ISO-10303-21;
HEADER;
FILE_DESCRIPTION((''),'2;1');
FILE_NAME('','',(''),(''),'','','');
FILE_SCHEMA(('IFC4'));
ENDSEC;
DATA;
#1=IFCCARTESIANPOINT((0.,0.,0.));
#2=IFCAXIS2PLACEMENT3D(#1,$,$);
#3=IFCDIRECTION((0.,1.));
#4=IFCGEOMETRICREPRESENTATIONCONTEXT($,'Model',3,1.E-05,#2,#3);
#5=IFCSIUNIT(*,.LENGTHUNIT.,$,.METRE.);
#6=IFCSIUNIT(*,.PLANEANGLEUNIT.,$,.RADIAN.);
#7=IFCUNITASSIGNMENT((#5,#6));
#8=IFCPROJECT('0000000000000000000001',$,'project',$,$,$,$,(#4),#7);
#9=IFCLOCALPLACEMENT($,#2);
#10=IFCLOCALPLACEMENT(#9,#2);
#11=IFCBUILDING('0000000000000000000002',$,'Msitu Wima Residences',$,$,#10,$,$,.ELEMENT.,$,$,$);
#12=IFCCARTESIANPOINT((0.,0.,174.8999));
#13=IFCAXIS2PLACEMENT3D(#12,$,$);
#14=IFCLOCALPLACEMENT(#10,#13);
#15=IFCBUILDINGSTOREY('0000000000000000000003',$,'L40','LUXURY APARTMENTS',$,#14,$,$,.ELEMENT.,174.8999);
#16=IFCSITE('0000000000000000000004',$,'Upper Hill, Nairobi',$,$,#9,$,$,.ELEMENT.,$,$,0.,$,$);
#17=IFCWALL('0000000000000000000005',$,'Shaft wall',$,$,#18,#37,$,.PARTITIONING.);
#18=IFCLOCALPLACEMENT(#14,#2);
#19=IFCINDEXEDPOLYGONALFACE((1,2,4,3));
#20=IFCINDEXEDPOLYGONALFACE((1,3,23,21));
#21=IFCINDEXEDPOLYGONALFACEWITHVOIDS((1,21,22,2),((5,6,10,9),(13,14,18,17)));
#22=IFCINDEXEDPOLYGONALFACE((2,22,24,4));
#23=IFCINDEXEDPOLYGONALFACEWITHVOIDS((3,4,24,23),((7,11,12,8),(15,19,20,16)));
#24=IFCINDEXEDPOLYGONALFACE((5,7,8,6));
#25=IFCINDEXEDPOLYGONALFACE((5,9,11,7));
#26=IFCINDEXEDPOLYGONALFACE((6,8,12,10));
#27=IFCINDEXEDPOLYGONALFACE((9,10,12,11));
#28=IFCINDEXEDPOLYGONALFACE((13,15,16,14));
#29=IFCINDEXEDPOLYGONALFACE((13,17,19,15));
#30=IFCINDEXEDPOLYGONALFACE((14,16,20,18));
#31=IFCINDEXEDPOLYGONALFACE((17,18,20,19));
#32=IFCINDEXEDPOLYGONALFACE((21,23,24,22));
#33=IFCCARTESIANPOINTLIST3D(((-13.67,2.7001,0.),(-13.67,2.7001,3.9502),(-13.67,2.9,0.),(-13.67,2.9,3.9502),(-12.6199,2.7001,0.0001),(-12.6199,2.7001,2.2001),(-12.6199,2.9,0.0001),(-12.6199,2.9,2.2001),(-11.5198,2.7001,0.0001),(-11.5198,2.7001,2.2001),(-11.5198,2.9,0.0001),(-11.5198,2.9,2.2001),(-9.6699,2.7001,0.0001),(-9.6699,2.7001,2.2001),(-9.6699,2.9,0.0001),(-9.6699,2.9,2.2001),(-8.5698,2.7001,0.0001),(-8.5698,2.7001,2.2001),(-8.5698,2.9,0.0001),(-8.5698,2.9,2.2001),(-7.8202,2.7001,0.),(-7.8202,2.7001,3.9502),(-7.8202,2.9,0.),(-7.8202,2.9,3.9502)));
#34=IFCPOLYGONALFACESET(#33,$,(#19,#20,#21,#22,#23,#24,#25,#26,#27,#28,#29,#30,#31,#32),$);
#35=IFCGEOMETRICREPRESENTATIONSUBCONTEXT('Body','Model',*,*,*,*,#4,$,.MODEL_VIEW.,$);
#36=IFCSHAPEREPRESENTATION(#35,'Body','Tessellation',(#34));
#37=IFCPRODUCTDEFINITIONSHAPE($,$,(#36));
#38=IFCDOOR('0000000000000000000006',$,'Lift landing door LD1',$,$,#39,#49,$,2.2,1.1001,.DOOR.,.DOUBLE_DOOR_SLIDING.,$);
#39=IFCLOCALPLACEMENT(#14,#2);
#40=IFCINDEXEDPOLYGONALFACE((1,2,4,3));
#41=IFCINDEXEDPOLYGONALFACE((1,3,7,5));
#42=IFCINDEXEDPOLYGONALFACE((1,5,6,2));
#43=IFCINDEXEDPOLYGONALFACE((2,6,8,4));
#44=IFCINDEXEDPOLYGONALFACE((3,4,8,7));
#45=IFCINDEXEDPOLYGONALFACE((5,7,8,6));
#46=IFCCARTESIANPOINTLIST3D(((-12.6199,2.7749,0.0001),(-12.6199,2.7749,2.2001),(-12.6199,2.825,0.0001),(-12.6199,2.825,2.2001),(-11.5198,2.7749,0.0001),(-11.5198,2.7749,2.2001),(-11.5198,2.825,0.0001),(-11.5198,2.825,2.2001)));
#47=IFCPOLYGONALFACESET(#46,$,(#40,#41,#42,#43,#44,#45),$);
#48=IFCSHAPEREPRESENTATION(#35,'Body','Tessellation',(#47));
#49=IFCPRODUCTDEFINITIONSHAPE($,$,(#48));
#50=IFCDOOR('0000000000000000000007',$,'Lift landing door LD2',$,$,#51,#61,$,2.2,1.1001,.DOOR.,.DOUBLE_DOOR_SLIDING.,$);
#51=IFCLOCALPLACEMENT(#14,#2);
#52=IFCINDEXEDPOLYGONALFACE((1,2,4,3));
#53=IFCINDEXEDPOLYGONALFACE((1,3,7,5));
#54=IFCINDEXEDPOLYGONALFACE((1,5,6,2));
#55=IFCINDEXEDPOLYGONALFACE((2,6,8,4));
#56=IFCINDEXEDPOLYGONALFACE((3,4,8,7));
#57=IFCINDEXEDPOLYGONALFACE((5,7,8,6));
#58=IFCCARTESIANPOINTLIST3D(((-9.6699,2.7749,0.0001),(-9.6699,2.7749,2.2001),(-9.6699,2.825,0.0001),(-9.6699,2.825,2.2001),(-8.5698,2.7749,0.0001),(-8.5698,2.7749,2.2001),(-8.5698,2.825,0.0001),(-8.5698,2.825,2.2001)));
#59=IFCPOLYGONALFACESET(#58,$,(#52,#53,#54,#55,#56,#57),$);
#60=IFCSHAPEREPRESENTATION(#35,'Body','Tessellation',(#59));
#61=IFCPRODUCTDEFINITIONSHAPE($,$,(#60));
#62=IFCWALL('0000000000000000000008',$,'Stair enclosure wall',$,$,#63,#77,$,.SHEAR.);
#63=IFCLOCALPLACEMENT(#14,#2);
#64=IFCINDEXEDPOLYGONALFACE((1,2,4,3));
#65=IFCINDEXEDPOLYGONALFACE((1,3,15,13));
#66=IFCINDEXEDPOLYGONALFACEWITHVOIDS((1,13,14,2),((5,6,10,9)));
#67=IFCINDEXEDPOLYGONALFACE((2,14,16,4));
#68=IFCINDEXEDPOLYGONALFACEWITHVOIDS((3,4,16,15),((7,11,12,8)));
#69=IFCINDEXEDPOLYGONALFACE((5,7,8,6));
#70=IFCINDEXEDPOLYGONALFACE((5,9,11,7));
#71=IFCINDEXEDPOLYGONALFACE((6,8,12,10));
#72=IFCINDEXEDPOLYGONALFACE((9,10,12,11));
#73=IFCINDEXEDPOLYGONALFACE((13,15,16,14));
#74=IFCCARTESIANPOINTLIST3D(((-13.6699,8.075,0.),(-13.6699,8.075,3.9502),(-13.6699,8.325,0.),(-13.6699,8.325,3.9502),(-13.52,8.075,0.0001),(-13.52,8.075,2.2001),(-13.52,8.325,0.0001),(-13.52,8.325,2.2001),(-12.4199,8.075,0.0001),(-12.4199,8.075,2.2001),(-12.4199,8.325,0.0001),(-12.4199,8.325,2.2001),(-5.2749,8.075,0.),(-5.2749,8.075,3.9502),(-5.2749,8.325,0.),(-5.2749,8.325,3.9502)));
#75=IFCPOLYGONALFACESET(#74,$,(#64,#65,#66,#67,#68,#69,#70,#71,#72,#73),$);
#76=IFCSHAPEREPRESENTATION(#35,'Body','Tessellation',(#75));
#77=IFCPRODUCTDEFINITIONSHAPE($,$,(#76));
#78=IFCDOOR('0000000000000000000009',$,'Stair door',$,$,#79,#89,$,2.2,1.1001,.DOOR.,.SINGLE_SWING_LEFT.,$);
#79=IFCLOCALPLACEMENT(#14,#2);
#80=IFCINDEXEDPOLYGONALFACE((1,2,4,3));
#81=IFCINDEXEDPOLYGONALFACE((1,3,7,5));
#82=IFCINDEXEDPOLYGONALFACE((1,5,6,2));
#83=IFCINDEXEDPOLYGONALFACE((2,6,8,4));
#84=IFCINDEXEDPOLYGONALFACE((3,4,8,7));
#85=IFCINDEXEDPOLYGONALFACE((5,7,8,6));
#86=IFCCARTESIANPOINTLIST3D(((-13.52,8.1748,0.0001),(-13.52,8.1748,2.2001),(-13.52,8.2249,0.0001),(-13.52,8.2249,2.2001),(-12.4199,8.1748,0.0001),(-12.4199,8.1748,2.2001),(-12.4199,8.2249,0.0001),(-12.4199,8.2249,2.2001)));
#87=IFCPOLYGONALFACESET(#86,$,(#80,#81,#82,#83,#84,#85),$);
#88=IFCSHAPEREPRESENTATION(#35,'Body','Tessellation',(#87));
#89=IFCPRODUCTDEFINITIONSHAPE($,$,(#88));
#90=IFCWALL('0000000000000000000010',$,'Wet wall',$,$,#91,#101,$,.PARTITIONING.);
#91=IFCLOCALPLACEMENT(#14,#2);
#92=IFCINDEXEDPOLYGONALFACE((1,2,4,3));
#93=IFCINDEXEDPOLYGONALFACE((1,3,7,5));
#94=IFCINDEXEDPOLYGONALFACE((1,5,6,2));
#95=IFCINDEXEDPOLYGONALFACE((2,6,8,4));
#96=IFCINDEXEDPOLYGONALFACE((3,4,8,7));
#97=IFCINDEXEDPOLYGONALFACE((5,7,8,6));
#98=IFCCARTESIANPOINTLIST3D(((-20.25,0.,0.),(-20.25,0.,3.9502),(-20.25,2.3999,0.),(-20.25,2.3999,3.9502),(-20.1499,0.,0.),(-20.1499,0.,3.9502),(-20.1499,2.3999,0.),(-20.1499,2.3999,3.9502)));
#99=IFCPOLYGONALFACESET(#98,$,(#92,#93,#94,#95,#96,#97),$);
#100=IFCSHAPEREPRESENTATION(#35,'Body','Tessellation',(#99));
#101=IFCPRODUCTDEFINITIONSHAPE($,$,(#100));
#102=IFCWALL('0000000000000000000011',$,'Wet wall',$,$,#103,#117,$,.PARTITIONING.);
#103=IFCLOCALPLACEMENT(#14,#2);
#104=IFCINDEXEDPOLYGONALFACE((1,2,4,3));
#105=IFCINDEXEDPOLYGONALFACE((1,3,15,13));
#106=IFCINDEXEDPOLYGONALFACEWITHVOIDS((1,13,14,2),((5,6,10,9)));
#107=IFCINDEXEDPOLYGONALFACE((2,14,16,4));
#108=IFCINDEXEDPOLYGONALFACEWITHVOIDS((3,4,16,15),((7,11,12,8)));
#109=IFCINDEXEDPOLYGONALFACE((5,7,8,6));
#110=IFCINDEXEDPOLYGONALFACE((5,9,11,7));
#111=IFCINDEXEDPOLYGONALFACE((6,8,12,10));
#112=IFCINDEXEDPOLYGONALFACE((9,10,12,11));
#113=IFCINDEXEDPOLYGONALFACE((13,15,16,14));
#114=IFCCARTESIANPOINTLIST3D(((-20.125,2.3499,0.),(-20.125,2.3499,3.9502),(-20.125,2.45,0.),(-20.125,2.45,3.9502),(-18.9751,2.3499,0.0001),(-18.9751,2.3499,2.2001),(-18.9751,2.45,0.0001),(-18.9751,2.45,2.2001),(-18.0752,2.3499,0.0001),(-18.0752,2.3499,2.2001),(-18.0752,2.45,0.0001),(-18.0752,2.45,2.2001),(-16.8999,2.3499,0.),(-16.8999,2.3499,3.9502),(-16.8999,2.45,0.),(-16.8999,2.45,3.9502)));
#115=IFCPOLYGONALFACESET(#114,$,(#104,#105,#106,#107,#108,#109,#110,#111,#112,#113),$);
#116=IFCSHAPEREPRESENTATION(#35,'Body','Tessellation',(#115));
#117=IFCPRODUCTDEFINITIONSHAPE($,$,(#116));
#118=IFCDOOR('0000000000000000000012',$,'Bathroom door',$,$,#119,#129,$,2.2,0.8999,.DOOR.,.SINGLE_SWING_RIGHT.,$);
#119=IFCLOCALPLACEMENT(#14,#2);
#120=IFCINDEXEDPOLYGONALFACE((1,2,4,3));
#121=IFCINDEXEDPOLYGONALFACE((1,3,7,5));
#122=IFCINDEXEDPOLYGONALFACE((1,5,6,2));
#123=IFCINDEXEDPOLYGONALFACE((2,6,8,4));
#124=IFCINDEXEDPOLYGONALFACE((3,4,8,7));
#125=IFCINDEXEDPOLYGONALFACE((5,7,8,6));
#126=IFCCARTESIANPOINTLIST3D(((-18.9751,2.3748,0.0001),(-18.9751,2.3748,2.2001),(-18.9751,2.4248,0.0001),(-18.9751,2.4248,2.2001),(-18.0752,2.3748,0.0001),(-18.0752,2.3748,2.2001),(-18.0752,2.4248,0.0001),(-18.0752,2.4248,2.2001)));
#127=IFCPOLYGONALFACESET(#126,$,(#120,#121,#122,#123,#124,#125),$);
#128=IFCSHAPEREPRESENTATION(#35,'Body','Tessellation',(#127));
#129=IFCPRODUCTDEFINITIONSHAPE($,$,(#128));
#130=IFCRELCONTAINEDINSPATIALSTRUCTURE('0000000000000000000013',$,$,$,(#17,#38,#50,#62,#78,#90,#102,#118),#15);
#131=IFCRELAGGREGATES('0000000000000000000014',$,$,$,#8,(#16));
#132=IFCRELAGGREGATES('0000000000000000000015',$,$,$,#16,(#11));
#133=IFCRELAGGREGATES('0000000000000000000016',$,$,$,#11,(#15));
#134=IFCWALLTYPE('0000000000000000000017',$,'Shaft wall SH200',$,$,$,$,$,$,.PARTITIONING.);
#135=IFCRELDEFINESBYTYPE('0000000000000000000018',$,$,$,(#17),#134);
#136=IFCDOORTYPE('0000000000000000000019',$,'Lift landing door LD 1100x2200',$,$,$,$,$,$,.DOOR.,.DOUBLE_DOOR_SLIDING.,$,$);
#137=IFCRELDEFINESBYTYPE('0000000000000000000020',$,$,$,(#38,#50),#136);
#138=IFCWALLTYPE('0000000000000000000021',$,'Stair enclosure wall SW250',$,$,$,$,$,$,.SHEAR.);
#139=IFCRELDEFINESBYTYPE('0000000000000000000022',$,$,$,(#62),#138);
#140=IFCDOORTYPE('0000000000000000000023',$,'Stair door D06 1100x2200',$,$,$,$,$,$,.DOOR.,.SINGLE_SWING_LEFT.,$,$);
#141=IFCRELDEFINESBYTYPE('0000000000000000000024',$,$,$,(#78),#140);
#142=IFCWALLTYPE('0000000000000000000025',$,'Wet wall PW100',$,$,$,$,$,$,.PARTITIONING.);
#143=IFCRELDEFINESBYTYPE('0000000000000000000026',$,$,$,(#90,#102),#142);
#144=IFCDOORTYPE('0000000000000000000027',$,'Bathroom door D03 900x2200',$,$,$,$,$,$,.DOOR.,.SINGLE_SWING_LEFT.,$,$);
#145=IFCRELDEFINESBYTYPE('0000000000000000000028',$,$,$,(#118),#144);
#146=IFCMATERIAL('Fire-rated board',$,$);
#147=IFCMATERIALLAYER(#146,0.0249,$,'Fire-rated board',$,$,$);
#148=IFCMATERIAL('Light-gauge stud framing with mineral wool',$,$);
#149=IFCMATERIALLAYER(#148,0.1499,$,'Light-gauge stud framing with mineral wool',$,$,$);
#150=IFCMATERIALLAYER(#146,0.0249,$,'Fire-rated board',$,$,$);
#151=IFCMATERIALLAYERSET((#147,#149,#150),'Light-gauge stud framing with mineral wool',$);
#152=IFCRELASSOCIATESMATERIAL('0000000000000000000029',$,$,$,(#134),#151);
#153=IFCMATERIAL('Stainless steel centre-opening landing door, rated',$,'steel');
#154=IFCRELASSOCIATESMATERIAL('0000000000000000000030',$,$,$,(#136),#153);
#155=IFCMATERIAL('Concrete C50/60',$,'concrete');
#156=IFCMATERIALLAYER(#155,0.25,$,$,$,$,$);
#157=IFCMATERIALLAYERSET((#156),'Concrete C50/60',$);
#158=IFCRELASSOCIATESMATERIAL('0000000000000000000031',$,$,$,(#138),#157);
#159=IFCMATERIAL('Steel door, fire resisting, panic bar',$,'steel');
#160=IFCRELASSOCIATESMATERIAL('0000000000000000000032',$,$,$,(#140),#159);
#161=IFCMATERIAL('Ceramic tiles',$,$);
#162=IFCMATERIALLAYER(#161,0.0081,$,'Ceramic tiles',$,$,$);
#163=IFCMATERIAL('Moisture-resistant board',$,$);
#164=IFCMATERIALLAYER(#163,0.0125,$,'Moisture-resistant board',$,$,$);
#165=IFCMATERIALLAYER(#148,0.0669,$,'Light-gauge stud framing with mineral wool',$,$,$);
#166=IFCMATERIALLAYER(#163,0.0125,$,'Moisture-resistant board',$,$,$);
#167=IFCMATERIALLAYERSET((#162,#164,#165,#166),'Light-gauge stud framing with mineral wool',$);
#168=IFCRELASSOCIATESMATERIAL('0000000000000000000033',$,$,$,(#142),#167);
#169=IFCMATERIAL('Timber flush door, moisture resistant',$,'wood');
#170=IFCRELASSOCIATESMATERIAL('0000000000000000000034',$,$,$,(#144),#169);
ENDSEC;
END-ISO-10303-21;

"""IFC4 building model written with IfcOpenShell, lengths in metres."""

from ifc_helpers import new_model, si_unit, direction, frame, frame_2d, origin, place, context, subcontext, project, spatial, rectangle, extrude, material, layer, layer_set, type_object, element, fill, save


model = new_model("IFC4")

# Units and contexts
model_context = context("Model", 3, precision=1e-05, world=origin(), true_north=direction((0.0, 1.0)))
body_context = subcontext(model_context, "Body", "Model", "MODEL_VIEW")
ifc_project = project(units=[si_unit("LENGTHUNIT", "METRE"), si_unit("PLANEANGLEUNIT", "RADIAN")], contexts=[model_context])

# Site, building, storey
site_placement = place(None, origin())
site = spatial("IfcSite", under=ifc_project, at=site_placement, Name="Upper Hill, Nairobi", CompositionType="ELEMENT", RefElevation=0.0)
building_placement = place(site_placement, origin())
building = spatial("IfcBuilding", under=site, at=building_placement, Name="Msitu Wima Residences", CompositionType="ELEMENT")
storey_placement = place(building_placement, frame((0.0, 0.0, 174.8999)))
storey = spatial("IfcBuildingStorey", under=building, at=storey_placement, Name="L40", Description="LUXURY APARTMENTS", CompositionType="ELEMENT", Elevation=174.8999)

# Shared definitions
ifc_material_1 = material(Name="Concrete C50/60", Category="concrete")

# Shared definitions
ifc_material_2 = material(Name="Fire-rated board")
ifc_layer_1 = layer(ifc_material_2, 0.0249, Name="Fire-rated board")
ifc_material_3 = material(Name="Light-gauge stud framing with mineral wool")
ifc_layer_2 = layer(ifc_material_3, 0.1499, Name="Light-gauge stud framing with mineral wool")
ifc_layer_3 = layer(ifc_material_2, 0.0249, Name="Fire-rated board")
ifc_layer_set_1 = layer_set([ifc_layer_1, ifc_layer_2, ifc_layer_3], Name="Light-gauge stud framing with mineral wool")
wall_type_1 = type_object("IfcWallType", Name="Shaft wall SH200", PredefinedType="PARTITIONING", material=ifc_layer_set_1)

# Wall, openings, doors
wall_1_placement = place(storey_placement, frame((-13.6699, 2.8, 0.0), z_axis=(0.0, 0.0, 1.0), x_axis=(1.0, 0.0, 0.0)))
wall_1 = element("IfcWall", 1, at=wall_1_placement, inside=storey, type_object=wall_type_1, Name="Shaft wall", PredefinedType="PARTITIONING", context=body_context, shape_type="SweptSolid", body=[
    extrude(rectangle(XDim=5.8499, YDim=0.2, at=frame_2d((2.9248, 0.0))), origin(), (0.0, 0.0, 1.0), 3.9502),
])
opening_1_placement = place(wall_1_placement, frame((1.05, 0.0, 0.0)))
opening_1 = element("IfcOpeningElement", 2, at=opening_1_placement, cuts=wall_1, PredefinedType="OPENING", context=body_context, shape_type="SweptSolid", body=[
    extrude(rectangle(XDim=1.1001, YDim=2.2, at=frame_2d((0.55, 1.1001))), frame((0.0, 0.1099, 0.0), z_axis=(0.0, -1.0, 0.0), x_axis=(1.0, 0.0, 0.0)), (0.0, 0.0, 1.0), 0.22),
])
opening_2_placement = place(wall_1_placement, frame((4.0, 0.0, 0.0)))
opening_2 = element("IfcOpeningElement", 3, at=opening_2_placement, cuts=wall_1, PredefinedType="OPENING", context=body_context, shape_type="SweptSolid", body=[
    extrude(rectangle(XDim=1.1001, YDim=2.2, at=frame_2d((0.55, 1.1001))), frame((0.0, 0.1099, 0.0), z_axis=(0.0, -1.0, 0.0), x_axis=(1.0, 0.0, 0.0)), (0.0, 0.0, 1.0), 0.22),
])
ifc_material_4 = material(Name="Stainless steel centre-opening landing door, rated", Category="steel")
door_type_1 = type_object("IfcDoorType", Name="Lift landing door LD 1100x2200", OperationType="DOUBLE_DOOR_SLIDING", PredefinedType="DOOR", material=ifc_material_4)
door_1_placement = place(opening_1_placement, origin())
door_1 = element("IfcDoor", 4, at=door_1_placement, inside=storey, type_object=door_type_1, Name="Lift landing door LD1", OperationType="DOUBLE_DOOR_SLIDING", OverallHeight=2.2, OverallWidth=1.1001, PredefinedType="DOOR", context=body_context, shape_type="SweptSolid", body=[
    extrude(rectangle(XDim=1.1001, YDim=2.2, at=frame_2d((0.55, 1.1001))), frame((0.0, 0.0249, 0.0), z_axis=(0.0, -1.0, 0.0), x_axis=(1.0, 0.0, 0.0)), (0.0, 0.0, 1.0), 0.05),
])
fill(opening_1, door_1)
door_2_placement = place(opening_2_placement, origin())
door_2 = element("IfcDoor", 5, at=door_2_placement, inside=storey, type_object=door_type_1, Name="Lift landing door LD2", OperationType="DOUBLE_DOOR_SLIDING", OverallHeight=2.2, OverallWidth=1.1001, PredefinedType="DOOR", context=body_context, shape_type="SweptSolid", body=[
    extrude(rectangle(XDim=1.1001, YDim=2.2, at=frame_2d((0.55, 1.1001))), frame((0.0, 0.0249, 0.0), z_axis=(0.0, -1.0, 0.0), x_axis=(1.0, 0.0, 0.0)), (0.0, 0.0, 1.0), 0.05),
])
fill(opening_2, door_2)

# Wall, opening, door
ifc_layer_4 = layer(ifc_material_1, 0.25)
ifc_layer_set_2 = layer_set([ifc_layer_4], Name="Concrete C50/60")
wall_type_2 = type_object("IfcWallType", Name="Stair enclosure wall SW250", PredefinedType="SHEAR", material=ifc_layer_set_2)
wall_2_placement = place(storey_placement, frame((-13.6699, 8.2, 0.0), z_axis=(0.0, 0.0, 1.0), x_axis=(1.0, 0.0, 0.0)))
wall_2 = element("IfcWall", 6, at=wall_2_placement, inside=storey, type_object=wall_type_2, Name="Stair enclosure wall", PredefinedType="SHEAR", context=body_context, shape_type="SweptSolid", body=[
    extrude(rectangle(XDim=8.395, YDim=0.25, at=frame_2d((4.1975, 0.0))), origin(), (0.0, 0.0, 1.0), 3.9502),
])
opening_3_placement = place(wall_2_placement, frame((0.1499, 0.0, 0.0)))
opening_3 = element("IfcOpeningElement", 7, at=opening_3_placement, cuts=wall_2, PredefinedType="OPENING", context=body_context, shape_type="SweptSolid", body=[
    extrude(rectangle(XDim=1.1001, YDim=2.2, at=frame_2d((0.55, 1.1001))), frame((0.0, 0.135, 0.0), z_axis=(0.0, -1.0, 0.0), x_axis=(1.0, 0.0, 0.0)), (0.0, 0.0, 1.0), 0.27),
])
ifc_material_5 = material(Name="Steel door, fire resisting, panic bar", Category="steel")
door_type_2 = type_object("IfcDoorType", Name="Stair door D06 1100x2200", OperationType="SINGLE_SWING_LEFT", PredefinedType="DOOR", material=ifc_material_5)
door_3_placement = place(opening_3_placement, origin())
door_3 = element("IfcDoor", 8, at=door_3_placement, inside=storey, type_object=door_type_2, Name="Stair door", OperationType="SINGLE_SWING_LEFT", OverallHeight=2.2, OverallWidth=1.1001, PredefinedType="DOOR", context=body_context, shape_type="SweptSolid", body=[
    extrude(rectangle(XDim=1.1001, YDim=2.2, at=frame_2d((0.55, 1.1001))), frame((0.0, 0.0249, 0.0), z_axis=(0.0, -1.0, 0.0), x_axis=(1.0, 0.0, 0.0)), (0.0, 0.0, 1.0), 0.05),
])
fill(opening_3, door_3)

# Wall
ifc_material_6 = material(Name="Ceramic tiles")
ifc_layer_5 = layer(ifc_material_6, 0.0081, Name="Ceramic tiles")
ifc_material_7 = material(Name="Moisture-resistant board")
ifc_layer_6 = layer(ifc_material_7, 0.0125, Name="Moisture-resistant board")
ifc_layer_7 = layer(ifc_material_3, 0.0669, Name="Light-gauge stud framing with mineral wool")
ifc_layer_8 = layer(ifc_material_7, 0.0125, Name="Moisture-resistant board")
ifc_layer_set_3 = layer_set([ifc_layer_5, ifc_layer_6, ifc_layer_7, ifc_layer_8], Name="Light-gauge stud framing with mineral wool")
wall_type_3 = type_object("IfcWallType", Name="Wet wall PW100", PredefinedType="PARTITIONING", material=ifc_layer_set_3)
wall_3_placement = place(storey_placement, frame((-20.2, 0.0, 0.0), z_axis=(0.0, 0.0, 1.0), x_axis=(0.0, 1.0, 0.0)))
element("IfcWall", 9, at=wall_3_placement, inside=storey, type_object=wall_type_3, Name="Wet wall", PredefinedType="PARTITIONING", context=body_context, shape_type="SweptSolid", body=[
    extrude(rectangle(XDim=2.3999, YDim=0.1001, at=frame_2d((1.2, 0.0))), origin(), (0.0, 0.0, 1.0), 3.9502),
])

# Wall, opening, door
wall_4_placement = place(storey_placement, frame((-20.125, 2.3999, 0.0), z_axis=(0.0, 0.0, 1.0), x_axis=(1.0, 0.0, 0.0)))
wall_4 = element("IfcWall", 10, at=wall_4_placement, inside=storey, type_object=wall_type_3, Name="Wet wall", PredefinedType="PARTITIONING", context=body_context, shape_type="SweptSolid", body=[
    extrude(rectangle(XDim=3.2251, YDim=0.1001, at=frame_2d((1.6125, 0.0))), origin(), (0.0, 0.0, 1.0), 3.9502),
])
opening_4_placement = place(wall_4_placement, frame((1.1499, 0.0, 0.0)))
opening_4 = element("IfcOpeningElement", 11, at=opening_4_placement, cuts=wall_4, PredefinedType="OPENING", context=body_context, shape_type="SweptSolid", body=[
    extrude(rectangle(XDim=0.8999, YDim=2.2, at=frame_2d((0.45, 1.1001))), frame((0.0, 0.0601, 0.0), z_axis=(0.0, -1.0, 0.0), x_axis=(1.0, 0.0, 0.0)), (0.0, 0.0, 1.0), 0.1201),
])
ifc_material_8 = material(Name="Timber flush door, moisture resistant", Category="wood")
door_type_3 = type_object("IfcDoorType", Name="Bathroom door D03 900x2200", OperationType="SINGLE_SWING_LEFT", PredefinedType="DOOR", material=ifc_material_8)
door_4_placement = place(opening_4_placement, origin())
door_4 = element("IfcDoor", 12, at=door_4_placement, inside=storey, type_object=door_type_3, Name="Bathroom door", OperationType="SINGLE_SWING_RIGHT", OverallHeight=2.2, OverallWidth=0.8999, PredefinedType="DOOR", context=body_context, shape_type="SweptSolid", body=[
    extrude(rectangle(XDim=0.8999, YDim=2.2, at=frame_2d((0.45, 1.1001))), frame((0.0, 0.0249, 0.0), z_axis=(0.0, -1.0, 0.0), x_axis=(1.0, 0.0, 0.0)), (0.0, 0.0, 1.0), 0.05),
])
fill(opening_4, door_4)

save(model, "model.ifc")
